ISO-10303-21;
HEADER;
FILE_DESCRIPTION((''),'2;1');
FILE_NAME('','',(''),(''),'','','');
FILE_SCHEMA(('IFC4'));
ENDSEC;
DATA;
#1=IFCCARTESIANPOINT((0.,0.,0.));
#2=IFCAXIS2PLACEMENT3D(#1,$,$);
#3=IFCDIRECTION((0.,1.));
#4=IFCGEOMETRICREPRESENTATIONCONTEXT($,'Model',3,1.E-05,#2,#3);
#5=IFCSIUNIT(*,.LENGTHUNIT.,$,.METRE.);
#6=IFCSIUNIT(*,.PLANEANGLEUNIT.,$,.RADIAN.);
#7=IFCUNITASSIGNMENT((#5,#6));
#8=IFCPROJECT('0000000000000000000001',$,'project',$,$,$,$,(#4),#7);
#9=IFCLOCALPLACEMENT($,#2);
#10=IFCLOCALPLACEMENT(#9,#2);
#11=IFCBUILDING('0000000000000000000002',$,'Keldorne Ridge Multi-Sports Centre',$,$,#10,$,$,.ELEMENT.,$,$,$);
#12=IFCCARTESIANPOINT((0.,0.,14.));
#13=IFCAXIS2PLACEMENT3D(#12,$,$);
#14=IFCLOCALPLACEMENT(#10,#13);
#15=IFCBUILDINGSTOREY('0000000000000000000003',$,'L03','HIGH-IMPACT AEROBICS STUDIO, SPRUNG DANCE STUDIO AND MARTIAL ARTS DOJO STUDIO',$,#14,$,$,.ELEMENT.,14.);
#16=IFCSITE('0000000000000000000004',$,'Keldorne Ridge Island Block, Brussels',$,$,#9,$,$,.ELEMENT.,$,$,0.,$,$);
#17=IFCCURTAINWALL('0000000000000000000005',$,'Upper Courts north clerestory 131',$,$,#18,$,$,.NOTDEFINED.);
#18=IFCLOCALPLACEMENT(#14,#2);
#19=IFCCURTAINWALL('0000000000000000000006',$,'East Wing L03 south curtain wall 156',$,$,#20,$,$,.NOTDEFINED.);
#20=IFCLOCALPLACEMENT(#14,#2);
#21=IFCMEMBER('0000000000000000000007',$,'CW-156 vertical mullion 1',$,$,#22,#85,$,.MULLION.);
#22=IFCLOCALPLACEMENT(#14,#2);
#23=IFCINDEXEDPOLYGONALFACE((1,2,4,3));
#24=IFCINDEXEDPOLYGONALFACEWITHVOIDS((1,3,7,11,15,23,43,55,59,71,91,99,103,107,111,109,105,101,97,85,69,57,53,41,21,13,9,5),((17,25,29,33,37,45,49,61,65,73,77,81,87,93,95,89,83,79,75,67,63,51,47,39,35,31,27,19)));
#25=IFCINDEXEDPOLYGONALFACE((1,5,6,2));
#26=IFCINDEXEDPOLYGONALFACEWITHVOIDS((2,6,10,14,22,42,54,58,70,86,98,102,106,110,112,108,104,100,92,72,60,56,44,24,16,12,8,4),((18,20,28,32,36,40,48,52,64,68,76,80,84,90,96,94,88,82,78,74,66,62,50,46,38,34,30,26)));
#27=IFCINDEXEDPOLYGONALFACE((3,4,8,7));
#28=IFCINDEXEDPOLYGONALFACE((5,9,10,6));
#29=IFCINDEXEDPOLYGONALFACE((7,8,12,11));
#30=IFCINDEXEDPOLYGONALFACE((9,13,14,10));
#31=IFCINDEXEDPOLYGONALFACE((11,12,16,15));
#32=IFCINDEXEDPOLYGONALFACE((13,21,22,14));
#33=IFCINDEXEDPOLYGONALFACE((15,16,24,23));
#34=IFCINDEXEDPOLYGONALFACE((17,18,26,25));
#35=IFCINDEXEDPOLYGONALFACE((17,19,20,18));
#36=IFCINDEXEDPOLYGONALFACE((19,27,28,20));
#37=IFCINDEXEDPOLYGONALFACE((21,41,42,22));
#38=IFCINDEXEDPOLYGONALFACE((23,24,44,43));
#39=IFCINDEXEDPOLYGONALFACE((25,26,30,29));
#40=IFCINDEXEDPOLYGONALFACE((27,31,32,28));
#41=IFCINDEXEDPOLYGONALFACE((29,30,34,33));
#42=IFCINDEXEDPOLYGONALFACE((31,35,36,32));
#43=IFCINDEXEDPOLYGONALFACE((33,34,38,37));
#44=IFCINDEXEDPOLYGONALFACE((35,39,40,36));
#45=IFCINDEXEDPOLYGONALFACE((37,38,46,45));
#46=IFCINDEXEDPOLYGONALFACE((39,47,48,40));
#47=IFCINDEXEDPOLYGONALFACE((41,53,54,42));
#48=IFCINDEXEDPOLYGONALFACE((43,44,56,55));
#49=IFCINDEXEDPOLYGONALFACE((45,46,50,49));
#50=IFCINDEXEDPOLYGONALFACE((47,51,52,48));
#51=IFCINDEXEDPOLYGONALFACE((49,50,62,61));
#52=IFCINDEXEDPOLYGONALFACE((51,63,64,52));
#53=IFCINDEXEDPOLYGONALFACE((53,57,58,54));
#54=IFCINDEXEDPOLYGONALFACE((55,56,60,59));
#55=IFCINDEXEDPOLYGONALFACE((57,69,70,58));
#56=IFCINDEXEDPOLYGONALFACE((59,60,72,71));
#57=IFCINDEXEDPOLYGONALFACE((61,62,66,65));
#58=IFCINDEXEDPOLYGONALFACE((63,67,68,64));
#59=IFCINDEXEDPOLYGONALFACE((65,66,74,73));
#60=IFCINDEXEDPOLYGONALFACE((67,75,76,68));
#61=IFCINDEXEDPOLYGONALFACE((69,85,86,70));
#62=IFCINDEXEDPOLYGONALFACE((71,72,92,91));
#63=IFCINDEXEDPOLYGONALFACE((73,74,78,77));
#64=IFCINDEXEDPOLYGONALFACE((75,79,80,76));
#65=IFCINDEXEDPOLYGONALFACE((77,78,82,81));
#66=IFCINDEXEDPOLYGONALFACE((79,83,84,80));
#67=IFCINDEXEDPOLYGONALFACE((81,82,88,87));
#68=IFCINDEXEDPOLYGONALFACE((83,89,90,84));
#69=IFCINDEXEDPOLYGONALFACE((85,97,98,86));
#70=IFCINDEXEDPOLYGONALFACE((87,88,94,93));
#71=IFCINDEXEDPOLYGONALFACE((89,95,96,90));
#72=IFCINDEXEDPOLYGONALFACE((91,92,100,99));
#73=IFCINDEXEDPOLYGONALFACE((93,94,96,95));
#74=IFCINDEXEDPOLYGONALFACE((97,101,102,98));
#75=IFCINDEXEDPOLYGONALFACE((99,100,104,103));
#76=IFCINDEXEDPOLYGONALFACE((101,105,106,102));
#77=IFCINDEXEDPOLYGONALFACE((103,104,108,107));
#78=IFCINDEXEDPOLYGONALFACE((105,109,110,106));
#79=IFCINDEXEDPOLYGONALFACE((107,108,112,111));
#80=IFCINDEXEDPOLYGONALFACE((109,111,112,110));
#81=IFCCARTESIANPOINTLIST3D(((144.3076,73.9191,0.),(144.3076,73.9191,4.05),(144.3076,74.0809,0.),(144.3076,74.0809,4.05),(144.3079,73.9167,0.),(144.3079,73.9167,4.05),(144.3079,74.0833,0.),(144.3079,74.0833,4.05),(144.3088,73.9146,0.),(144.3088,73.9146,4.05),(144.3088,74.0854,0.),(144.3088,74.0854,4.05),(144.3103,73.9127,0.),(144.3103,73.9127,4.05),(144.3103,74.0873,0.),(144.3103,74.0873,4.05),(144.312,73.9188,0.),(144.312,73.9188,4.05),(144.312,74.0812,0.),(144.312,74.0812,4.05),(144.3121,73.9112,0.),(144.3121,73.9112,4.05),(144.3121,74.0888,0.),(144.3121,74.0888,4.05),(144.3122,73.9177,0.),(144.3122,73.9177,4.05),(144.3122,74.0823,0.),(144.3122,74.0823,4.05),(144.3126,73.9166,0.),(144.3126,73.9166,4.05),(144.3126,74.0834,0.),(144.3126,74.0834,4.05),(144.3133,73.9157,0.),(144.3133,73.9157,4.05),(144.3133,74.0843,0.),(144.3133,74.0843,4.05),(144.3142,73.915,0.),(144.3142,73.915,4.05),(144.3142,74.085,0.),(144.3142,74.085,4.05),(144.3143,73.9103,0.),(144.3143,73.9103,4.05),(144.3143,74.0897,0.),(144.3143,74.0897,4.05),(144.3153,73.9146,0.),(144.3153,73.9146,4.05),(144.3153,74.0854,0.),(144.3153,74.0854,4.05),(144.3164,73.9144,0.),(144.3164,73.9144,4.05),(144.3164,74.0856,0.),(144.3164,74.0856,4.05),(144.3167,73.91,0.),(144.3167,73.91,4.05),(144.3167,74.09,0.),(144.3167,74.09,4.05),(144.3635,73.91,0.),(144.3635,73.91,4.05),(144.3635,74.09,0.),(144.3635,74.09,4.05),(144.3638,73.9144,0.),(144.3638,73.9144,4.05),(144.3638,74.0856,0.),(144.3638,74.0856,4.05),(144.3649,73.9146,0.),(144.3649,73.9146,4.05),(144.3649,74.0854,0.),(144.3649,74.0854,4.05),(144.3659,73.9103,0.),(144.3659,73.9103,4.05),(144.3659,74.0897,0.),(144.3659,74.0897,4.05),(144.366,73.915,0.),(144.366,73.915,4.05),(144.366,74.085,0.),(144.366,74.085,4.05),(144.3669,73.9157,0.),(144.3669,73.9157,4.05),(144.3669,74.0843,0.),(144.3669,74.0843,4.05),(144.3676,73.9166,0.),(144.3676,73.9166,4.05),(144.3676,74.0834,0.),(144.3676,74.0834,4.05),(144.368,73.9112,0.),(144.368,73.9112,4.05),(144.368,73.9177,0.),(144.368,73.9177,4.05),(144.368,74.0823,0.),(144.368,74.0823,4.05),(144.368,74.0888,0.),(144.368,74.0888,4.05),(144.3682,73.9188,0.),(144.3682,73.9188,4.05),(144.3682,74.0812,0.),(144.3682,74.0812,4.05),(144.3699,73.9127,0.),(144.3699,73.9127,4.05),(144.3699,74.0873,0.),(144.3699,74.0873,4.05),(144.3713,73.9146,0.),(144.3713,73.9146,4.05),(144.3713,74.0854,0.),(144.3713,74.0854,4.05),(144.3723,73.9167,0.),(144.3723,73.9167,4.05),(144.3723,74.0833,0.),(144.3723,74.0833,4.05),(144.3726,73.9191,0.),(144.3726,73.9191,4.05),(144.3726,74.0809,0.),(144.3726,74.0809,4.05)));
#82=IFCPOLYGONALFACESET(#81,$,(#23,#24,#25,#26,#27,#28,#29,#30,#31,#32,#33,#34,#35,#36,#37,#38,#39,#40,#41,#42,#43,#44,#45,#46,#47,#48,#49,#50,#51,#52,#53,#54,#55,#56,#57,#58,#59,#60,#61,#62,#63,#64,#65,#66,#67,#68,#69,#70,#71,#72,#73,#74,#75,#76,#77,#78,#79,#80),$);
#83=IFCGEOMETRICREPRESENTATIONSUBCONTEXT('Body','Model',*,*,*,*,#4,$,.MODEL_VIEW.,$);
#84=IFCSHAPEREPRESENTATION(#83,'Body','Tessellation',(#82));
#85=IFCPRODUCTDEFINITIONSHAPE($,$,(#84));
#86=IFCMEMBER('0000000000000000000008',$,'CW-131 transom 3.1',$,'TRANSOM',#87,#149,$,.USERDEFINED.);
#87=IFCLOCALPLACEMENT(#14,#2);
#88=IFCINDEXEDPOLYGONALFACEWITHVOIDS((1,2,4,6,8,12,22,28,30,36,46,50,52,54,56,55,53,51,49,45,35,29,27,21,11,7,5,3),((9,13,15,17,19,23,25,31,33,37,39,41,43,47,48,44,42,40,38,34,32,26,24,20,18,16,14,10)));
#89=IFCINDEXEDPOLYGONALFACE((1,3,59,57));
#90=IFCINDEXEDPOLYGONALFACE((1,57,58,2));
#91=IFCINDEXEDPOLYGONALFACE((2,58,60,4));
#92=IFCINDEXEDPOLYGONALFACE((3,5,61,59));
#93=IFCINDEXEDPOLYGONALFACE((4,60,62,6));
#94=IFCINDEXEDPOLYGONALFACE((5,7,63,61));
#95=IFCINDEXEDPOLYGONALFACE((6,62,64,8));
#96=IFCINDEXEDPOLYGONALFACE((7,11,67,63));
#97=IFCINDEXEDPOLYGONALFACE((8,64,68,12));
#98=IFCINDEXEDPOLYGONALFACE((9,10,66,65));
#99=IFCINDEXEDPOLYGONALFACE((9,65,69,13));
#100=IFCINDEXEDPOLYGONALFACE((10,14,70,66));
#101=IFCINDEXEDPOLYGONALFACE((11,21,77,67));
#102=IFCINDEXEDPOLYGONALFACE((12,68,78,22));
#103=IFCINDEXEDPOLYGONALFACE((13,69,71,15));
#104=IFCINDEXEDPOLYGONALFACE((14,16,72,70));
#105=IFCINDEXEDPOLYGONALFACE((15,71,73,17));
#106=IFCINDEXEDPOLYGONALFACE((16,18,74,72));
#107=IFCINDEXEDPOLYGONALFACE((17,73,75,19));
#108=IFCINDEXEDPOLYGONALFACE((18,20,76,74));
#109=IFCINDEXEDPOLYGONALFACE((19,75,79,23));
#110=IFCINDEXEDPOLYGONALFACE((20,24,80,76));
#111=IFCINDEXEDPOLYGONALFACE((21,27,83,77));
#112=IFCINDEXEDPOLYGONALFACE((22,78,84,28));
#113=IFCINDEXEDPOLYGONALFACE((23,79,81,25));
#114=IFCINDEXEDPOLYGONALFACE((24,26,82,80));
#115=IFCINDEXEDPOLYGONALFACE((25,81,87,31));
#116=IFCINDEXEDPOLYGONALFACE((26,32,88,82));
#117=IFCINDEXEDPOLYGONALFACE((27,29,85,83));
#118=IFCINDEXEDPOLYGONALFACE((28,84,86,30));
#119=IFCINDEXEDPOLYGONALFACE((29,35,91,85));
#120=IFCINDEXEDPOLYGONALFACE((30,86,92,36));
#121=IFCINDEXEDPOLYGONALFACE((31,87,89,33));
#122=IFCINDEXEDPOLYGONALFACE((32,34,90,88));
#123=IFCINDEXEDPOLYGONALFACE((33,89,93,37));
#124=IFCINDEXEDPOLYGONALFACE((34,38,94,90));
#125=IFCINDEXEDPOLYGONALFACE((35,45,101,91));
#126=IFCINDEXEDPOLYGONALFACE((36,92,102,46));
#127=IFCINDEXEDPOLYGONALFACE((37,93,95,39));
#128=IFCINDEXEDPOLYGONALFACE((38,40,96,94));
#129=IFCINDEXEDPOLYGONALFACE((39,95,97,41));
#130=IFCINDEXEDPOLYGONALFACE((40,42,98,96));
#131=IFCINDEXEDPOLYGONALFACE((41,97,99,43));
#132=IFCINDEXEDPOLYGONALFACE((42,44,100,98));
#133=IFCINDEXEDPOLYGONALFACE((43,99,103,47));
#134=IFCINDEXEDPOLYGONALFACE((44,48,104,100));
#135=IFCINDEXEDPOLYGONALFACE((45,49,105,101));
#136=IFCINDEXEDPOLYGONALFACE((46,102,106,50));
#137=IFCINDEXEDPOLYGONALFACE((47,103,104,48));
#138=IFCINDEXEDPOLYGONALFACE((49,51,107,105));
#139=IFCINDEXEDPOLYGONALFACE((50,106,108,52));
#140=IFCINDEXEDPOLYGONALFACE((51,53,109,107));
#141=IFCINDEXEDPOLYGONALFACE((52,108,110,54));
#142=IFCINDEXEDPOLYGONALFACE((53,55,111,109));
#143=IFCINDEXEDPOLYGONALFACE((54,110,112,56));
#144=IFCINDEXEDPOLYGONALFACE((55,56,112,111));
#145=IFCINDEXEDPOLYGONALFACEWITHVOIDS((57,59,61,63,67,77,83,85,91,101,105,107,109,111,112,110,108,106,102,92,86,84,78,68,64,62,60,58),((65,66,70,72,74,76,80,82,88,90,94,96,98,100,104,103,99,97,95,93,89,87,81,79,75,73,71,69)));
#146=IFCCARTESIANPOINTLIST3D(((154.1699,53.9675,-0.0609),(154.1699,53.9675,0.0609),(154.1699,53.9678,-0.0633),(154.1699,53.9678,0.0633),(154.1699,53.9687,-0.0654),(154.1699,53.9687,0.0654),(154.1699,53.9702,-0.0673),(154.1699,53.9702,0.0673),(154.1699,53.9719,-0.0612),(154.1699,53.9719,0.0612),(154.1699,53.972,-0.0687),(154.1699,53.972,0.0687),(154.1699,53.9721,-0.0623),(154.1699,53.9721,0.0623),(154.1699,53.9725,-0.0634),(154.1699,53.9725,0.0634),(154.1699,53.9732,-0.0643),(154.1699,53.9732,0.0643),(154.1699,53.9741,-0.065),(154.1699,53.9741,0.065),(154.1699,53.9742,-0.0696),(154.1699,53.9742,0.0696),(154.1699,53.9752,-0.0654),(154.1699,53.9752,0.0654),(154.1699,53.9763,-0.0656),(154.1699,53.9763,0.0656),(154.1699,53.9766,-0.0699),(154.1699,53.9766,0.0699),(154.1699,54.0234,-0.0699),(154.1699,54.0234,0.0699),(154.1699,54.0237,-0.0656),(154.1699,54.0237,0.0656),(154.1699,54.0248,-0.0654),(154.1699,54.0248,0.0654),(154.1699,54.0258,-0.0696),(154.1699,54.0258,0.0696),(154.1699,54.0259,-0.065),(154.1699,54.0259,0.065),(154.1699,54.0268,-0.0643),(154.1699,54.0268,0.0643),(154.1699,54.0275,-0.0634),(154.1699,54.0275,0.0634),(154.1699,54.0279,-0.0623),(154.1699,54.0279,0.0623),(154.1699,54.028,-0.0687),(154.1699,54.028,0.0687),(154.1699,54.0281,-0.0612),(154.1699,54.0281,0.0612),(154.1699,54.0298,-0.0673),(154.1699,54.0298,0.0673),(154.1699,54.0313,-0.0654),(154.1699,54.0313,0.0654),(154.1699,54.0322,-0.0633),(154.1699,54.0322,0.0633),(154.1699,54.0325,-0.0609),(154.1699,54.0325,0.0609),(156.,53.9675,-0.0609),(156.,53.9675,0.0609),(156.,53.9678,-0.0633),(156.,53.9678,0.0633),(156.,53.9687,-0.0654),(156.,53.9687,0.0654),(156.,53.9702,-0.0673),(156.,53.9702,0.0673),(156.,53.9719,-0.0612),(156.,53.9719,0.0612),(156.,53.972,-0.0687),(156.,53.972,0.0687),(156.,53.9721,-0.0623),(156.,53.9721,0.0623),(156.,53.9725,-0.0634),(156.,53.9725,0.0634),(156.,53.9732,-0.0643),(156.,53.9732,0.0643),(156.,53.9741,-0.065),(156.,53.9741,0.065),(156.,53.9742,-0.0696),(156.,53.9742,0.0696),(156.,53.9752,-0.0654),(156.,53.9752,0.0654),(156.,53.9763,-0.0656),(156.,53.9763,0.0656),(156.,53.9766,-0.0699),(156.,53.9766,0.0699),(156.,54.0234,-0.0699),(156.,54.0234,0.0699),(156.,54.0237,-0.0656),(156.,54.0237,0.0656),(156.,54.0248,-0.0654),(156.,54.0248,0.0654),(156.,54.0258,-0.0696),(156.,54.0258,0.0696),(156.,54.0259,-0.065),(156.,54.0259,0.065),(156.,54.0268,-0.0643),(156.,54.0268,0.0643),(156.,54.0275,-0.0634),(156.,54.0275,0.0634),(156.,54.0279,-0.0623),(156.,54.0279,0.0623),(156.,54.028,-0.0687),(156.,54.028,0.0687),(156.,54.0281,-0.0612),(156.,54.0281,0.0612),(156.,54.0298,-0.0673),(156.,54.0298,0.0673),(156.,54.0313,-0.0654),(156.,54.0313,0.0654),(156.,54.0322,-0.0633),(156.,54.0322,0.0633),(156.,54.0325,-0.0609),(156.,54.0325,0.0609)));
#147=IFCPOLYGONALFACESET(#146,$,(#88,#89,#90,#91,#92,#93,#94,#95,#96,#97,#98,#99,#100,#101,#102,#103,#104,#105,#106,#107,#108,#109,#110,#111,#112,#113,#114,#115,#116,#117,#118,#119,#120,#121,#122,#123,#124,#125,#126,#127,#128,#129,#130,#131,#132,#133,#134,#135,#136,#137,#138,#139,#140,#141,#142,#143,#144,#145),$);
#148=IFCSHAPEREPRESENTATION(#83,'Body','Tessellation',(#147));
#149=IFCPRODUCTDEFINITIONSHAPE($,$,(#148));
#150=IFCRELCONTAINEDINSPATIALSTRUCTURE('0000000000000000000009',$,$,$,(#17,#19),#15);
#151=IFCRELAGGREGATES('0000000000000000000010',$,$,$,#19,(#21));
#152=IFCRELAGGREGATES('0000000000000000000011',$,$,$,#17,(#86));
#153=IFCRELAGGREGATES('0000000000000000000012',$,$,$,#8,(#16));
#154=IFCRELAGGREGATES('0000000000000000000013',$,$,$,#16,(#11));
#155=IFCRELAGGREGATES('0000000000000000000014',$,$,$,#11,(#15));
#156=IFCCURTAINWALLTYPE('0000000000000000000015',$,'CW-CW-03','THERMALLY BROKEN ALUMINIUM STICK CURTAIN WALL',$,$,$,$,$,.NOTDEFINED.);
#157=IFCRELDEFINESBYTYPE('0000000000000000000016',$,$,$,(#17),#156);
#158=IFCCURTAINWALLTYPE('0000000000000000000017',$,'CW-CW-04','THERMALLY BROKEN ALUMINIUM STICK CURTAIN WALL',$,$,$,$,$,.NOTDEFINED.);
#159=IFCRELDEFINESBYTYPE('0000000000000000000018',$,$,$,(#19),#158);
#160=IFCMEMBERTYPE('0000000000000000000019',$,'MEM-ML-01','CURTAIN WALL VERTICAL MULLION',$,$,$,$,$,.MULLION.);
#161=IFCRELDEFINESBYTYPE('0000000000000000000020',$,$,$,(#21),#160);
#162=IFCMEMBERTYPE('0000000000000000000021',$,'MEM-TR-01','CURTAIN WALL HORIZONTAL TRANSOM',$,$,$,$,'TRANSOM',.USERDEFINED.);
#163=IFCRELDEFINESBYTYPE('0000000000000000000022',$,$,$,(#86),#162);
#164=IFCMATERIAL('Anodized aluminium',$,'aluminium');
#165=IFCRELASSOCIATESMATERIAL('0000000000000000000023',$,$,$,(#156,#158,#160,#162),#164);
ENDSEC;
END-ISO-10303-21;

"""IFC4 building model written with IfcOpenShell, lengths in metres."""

from ifc_helpers import new_model, si_unit, direction, frame, origin, origin_2d, place, context, subcontext, project, spatial, hollow_rectangle, extrude, material, material_profile, profile_set, type_object, element, aggregate, save


model = new_model("IFC4")

# Units and contexts
model_context = context("Model", 3, precision=1e-05, world=origin(), true_north=direction((0.0, 1.0)))
body_context = subcontext(model_context, "Body", "Model", "MODEL_VIEW")
ifc_project = project(units=[si_unit("LENGTHUNIT", "METRE"), si_unit("PLANEANGLEUNIT", "RADIAN")], contexts=[model_context])

# Site, building, storey
site_placement = place(None, origin())
site = spatial("IfcSite", under=ifc_project, at=site_placement, Name="Keldorne Ridge Island Block, Brussels", CompositionType="ELEMENT", RefElevation=0.0)
building_placement = place(site_placement, origin())
building = spatial("IfcBuilding", under=site, at=building_placement, Name="Keldorne Ridge Multi-Sports Centre", CompositionType="ELEMENT")
storey_placement = place(building_placement, frame((0.0, 0.0, 14.0)))
storey = spatial("IfcBuildingStorey", under=building, at=storey_placement, Name="L03", Description="HIGH-IMPACT AEROBICS STUDIO, SPRUNG DANCE STUDIO AND MARTIAL ARTS DOJO STUDIO", CompositionType="ELEMENT", Elevation=14.0)

# Curtain wall
ifc_material_1 = material(Name="Anodized aluminium", Category="aluminium")
curtain_wall_type_1 = type_object("IfcCurtainWallType", Name="CW-CW-03", Description="THERMALLY BROKEN ALUMINIUM STICK CURTAIN WALL", PredefinedType="NOTDEFINED", material=ifc_material_1)
curtain_wall_1_placement = place(storey_placement, origin())
curtain_wall_1 = element("IfcCurtainWall", 1, at=curtain_wall_1_placement, inside=storey, type_object=curtain_wall_type_1, Name="Upper Courts north clerestory 131", PredefinedType="NOTDEFINED")
ifc_material_profile_1 = material_profile(ifc_material_1, hollow_rectangle(XDim=0.0649, YDim=0.1799, WallThickness=0.0044, InnerFilletRadius=0.0044, OuterFilletRadius=0.009, at=origin_2d()), Name="ALU MULLION 180x65x4.5")
ifc_profile_set_1 = profile_set([ifc_material_profile_1], Name="Anodized aluminium")
member_type_1 = type_object("IfcMemberType", Name="MEM-ML-01", Description="CURTAIN WALL VERTICAL MULLION", PredefinedType="MULLION", material=ifc_profile_set_1)

# Curtain wall, member
curtain_wall_type_2 = type_object("IfcCurtainWallType", Name="CW-CW-04", Description="THERMALLY BROKEN ALUMINIUM STICK CURTAIN WALL", PredefinedType="NOTDEFINED", material=ifc_material_1)
curtain_wall_2_placement = place(storey_placement, origin())
curtain_wall_2 = element("IfcCurtainWall", 2, at=curtain_wall_2_placement, inside=storey, type_object=curtain_wall_type_2, Name="East Wing L03 south curtain wall 156", PredefinedType="NOTDEFINED")
member_1_placement = place(storey_placement, frame((144.3401, 74.0, 0.0), z_axis=(0.0, 0.0, 1.0), x_axis=(1.0, 0.0, 0.0)))
member_1 = element("IfcMember", 3, at=member_1_placement, type_object=member_type_1, Name="CW-156 vertical mullion 1", PredefinedType="MULLION", context=body_context, shape_type="SweptSolid", body=[
    extrude(hollow_rectangle(XDim=0.0649, YDim=0.1799, WallThickness=0.0044, InnerFilletRadius=0.0044, OuterFilletRadius=0.009, at=origin_2d()), origin(), (0.0, 0.0, 1.0), 4.05),
])
aggregate(curtain_wall_2, [member_1])

# Member
ifc_material_profile_2 = material_profile(ifc_material_1, hollow_rectangle(XDim=0.0649, YDim=0.1399, WallThickness=0.0044, InnerFilletRadius=0.0044, OuterFilletRadius=0.009, at=origin_2d()), Name="ALU TRANSOM 140x65x4.5")
ifc_profile_set_2 = profile_set([ifc_material_profile_2], Name="Anodized aluminium")
member_type_2 = type_object("IfcMemberType", Name="MEM-TR-01", Description="CURTAIN WALL HORIZONTAL TRANSOM", ElementType="TRANSOM", PredefinedType="USERDEFINED", material=ifc_profile_set_2)
member_2_placement = place(storey_placement, frame((156.0, 54.0, 0.0), z_axis=(-1.0, 0.0, 0.0), x_axis=(0.0, -1.0, 0.0)))
member_2 = element("IfcMember", 4, at=member_2_placement, type_object=member_type_2, Name="CW-131 transom 3.1", ObjectType="TRANSOM", PredefinedType="USERDEFINED", context=body_context, shape_type="SweptSolid", body=[
    extrude(hollow_rectangle(XDim=0.0649, YDim=0.1399, WallThickness=0.0044, InnerFilletRadius=0.0044, OuterFilletRadius=0.009, at=origin_2d()), origin(), (0.0, 0.0, 1.0), 1.8301),
])

aggregate(curtain_wall_1, [member_2])

save(model, "model.ifc")
